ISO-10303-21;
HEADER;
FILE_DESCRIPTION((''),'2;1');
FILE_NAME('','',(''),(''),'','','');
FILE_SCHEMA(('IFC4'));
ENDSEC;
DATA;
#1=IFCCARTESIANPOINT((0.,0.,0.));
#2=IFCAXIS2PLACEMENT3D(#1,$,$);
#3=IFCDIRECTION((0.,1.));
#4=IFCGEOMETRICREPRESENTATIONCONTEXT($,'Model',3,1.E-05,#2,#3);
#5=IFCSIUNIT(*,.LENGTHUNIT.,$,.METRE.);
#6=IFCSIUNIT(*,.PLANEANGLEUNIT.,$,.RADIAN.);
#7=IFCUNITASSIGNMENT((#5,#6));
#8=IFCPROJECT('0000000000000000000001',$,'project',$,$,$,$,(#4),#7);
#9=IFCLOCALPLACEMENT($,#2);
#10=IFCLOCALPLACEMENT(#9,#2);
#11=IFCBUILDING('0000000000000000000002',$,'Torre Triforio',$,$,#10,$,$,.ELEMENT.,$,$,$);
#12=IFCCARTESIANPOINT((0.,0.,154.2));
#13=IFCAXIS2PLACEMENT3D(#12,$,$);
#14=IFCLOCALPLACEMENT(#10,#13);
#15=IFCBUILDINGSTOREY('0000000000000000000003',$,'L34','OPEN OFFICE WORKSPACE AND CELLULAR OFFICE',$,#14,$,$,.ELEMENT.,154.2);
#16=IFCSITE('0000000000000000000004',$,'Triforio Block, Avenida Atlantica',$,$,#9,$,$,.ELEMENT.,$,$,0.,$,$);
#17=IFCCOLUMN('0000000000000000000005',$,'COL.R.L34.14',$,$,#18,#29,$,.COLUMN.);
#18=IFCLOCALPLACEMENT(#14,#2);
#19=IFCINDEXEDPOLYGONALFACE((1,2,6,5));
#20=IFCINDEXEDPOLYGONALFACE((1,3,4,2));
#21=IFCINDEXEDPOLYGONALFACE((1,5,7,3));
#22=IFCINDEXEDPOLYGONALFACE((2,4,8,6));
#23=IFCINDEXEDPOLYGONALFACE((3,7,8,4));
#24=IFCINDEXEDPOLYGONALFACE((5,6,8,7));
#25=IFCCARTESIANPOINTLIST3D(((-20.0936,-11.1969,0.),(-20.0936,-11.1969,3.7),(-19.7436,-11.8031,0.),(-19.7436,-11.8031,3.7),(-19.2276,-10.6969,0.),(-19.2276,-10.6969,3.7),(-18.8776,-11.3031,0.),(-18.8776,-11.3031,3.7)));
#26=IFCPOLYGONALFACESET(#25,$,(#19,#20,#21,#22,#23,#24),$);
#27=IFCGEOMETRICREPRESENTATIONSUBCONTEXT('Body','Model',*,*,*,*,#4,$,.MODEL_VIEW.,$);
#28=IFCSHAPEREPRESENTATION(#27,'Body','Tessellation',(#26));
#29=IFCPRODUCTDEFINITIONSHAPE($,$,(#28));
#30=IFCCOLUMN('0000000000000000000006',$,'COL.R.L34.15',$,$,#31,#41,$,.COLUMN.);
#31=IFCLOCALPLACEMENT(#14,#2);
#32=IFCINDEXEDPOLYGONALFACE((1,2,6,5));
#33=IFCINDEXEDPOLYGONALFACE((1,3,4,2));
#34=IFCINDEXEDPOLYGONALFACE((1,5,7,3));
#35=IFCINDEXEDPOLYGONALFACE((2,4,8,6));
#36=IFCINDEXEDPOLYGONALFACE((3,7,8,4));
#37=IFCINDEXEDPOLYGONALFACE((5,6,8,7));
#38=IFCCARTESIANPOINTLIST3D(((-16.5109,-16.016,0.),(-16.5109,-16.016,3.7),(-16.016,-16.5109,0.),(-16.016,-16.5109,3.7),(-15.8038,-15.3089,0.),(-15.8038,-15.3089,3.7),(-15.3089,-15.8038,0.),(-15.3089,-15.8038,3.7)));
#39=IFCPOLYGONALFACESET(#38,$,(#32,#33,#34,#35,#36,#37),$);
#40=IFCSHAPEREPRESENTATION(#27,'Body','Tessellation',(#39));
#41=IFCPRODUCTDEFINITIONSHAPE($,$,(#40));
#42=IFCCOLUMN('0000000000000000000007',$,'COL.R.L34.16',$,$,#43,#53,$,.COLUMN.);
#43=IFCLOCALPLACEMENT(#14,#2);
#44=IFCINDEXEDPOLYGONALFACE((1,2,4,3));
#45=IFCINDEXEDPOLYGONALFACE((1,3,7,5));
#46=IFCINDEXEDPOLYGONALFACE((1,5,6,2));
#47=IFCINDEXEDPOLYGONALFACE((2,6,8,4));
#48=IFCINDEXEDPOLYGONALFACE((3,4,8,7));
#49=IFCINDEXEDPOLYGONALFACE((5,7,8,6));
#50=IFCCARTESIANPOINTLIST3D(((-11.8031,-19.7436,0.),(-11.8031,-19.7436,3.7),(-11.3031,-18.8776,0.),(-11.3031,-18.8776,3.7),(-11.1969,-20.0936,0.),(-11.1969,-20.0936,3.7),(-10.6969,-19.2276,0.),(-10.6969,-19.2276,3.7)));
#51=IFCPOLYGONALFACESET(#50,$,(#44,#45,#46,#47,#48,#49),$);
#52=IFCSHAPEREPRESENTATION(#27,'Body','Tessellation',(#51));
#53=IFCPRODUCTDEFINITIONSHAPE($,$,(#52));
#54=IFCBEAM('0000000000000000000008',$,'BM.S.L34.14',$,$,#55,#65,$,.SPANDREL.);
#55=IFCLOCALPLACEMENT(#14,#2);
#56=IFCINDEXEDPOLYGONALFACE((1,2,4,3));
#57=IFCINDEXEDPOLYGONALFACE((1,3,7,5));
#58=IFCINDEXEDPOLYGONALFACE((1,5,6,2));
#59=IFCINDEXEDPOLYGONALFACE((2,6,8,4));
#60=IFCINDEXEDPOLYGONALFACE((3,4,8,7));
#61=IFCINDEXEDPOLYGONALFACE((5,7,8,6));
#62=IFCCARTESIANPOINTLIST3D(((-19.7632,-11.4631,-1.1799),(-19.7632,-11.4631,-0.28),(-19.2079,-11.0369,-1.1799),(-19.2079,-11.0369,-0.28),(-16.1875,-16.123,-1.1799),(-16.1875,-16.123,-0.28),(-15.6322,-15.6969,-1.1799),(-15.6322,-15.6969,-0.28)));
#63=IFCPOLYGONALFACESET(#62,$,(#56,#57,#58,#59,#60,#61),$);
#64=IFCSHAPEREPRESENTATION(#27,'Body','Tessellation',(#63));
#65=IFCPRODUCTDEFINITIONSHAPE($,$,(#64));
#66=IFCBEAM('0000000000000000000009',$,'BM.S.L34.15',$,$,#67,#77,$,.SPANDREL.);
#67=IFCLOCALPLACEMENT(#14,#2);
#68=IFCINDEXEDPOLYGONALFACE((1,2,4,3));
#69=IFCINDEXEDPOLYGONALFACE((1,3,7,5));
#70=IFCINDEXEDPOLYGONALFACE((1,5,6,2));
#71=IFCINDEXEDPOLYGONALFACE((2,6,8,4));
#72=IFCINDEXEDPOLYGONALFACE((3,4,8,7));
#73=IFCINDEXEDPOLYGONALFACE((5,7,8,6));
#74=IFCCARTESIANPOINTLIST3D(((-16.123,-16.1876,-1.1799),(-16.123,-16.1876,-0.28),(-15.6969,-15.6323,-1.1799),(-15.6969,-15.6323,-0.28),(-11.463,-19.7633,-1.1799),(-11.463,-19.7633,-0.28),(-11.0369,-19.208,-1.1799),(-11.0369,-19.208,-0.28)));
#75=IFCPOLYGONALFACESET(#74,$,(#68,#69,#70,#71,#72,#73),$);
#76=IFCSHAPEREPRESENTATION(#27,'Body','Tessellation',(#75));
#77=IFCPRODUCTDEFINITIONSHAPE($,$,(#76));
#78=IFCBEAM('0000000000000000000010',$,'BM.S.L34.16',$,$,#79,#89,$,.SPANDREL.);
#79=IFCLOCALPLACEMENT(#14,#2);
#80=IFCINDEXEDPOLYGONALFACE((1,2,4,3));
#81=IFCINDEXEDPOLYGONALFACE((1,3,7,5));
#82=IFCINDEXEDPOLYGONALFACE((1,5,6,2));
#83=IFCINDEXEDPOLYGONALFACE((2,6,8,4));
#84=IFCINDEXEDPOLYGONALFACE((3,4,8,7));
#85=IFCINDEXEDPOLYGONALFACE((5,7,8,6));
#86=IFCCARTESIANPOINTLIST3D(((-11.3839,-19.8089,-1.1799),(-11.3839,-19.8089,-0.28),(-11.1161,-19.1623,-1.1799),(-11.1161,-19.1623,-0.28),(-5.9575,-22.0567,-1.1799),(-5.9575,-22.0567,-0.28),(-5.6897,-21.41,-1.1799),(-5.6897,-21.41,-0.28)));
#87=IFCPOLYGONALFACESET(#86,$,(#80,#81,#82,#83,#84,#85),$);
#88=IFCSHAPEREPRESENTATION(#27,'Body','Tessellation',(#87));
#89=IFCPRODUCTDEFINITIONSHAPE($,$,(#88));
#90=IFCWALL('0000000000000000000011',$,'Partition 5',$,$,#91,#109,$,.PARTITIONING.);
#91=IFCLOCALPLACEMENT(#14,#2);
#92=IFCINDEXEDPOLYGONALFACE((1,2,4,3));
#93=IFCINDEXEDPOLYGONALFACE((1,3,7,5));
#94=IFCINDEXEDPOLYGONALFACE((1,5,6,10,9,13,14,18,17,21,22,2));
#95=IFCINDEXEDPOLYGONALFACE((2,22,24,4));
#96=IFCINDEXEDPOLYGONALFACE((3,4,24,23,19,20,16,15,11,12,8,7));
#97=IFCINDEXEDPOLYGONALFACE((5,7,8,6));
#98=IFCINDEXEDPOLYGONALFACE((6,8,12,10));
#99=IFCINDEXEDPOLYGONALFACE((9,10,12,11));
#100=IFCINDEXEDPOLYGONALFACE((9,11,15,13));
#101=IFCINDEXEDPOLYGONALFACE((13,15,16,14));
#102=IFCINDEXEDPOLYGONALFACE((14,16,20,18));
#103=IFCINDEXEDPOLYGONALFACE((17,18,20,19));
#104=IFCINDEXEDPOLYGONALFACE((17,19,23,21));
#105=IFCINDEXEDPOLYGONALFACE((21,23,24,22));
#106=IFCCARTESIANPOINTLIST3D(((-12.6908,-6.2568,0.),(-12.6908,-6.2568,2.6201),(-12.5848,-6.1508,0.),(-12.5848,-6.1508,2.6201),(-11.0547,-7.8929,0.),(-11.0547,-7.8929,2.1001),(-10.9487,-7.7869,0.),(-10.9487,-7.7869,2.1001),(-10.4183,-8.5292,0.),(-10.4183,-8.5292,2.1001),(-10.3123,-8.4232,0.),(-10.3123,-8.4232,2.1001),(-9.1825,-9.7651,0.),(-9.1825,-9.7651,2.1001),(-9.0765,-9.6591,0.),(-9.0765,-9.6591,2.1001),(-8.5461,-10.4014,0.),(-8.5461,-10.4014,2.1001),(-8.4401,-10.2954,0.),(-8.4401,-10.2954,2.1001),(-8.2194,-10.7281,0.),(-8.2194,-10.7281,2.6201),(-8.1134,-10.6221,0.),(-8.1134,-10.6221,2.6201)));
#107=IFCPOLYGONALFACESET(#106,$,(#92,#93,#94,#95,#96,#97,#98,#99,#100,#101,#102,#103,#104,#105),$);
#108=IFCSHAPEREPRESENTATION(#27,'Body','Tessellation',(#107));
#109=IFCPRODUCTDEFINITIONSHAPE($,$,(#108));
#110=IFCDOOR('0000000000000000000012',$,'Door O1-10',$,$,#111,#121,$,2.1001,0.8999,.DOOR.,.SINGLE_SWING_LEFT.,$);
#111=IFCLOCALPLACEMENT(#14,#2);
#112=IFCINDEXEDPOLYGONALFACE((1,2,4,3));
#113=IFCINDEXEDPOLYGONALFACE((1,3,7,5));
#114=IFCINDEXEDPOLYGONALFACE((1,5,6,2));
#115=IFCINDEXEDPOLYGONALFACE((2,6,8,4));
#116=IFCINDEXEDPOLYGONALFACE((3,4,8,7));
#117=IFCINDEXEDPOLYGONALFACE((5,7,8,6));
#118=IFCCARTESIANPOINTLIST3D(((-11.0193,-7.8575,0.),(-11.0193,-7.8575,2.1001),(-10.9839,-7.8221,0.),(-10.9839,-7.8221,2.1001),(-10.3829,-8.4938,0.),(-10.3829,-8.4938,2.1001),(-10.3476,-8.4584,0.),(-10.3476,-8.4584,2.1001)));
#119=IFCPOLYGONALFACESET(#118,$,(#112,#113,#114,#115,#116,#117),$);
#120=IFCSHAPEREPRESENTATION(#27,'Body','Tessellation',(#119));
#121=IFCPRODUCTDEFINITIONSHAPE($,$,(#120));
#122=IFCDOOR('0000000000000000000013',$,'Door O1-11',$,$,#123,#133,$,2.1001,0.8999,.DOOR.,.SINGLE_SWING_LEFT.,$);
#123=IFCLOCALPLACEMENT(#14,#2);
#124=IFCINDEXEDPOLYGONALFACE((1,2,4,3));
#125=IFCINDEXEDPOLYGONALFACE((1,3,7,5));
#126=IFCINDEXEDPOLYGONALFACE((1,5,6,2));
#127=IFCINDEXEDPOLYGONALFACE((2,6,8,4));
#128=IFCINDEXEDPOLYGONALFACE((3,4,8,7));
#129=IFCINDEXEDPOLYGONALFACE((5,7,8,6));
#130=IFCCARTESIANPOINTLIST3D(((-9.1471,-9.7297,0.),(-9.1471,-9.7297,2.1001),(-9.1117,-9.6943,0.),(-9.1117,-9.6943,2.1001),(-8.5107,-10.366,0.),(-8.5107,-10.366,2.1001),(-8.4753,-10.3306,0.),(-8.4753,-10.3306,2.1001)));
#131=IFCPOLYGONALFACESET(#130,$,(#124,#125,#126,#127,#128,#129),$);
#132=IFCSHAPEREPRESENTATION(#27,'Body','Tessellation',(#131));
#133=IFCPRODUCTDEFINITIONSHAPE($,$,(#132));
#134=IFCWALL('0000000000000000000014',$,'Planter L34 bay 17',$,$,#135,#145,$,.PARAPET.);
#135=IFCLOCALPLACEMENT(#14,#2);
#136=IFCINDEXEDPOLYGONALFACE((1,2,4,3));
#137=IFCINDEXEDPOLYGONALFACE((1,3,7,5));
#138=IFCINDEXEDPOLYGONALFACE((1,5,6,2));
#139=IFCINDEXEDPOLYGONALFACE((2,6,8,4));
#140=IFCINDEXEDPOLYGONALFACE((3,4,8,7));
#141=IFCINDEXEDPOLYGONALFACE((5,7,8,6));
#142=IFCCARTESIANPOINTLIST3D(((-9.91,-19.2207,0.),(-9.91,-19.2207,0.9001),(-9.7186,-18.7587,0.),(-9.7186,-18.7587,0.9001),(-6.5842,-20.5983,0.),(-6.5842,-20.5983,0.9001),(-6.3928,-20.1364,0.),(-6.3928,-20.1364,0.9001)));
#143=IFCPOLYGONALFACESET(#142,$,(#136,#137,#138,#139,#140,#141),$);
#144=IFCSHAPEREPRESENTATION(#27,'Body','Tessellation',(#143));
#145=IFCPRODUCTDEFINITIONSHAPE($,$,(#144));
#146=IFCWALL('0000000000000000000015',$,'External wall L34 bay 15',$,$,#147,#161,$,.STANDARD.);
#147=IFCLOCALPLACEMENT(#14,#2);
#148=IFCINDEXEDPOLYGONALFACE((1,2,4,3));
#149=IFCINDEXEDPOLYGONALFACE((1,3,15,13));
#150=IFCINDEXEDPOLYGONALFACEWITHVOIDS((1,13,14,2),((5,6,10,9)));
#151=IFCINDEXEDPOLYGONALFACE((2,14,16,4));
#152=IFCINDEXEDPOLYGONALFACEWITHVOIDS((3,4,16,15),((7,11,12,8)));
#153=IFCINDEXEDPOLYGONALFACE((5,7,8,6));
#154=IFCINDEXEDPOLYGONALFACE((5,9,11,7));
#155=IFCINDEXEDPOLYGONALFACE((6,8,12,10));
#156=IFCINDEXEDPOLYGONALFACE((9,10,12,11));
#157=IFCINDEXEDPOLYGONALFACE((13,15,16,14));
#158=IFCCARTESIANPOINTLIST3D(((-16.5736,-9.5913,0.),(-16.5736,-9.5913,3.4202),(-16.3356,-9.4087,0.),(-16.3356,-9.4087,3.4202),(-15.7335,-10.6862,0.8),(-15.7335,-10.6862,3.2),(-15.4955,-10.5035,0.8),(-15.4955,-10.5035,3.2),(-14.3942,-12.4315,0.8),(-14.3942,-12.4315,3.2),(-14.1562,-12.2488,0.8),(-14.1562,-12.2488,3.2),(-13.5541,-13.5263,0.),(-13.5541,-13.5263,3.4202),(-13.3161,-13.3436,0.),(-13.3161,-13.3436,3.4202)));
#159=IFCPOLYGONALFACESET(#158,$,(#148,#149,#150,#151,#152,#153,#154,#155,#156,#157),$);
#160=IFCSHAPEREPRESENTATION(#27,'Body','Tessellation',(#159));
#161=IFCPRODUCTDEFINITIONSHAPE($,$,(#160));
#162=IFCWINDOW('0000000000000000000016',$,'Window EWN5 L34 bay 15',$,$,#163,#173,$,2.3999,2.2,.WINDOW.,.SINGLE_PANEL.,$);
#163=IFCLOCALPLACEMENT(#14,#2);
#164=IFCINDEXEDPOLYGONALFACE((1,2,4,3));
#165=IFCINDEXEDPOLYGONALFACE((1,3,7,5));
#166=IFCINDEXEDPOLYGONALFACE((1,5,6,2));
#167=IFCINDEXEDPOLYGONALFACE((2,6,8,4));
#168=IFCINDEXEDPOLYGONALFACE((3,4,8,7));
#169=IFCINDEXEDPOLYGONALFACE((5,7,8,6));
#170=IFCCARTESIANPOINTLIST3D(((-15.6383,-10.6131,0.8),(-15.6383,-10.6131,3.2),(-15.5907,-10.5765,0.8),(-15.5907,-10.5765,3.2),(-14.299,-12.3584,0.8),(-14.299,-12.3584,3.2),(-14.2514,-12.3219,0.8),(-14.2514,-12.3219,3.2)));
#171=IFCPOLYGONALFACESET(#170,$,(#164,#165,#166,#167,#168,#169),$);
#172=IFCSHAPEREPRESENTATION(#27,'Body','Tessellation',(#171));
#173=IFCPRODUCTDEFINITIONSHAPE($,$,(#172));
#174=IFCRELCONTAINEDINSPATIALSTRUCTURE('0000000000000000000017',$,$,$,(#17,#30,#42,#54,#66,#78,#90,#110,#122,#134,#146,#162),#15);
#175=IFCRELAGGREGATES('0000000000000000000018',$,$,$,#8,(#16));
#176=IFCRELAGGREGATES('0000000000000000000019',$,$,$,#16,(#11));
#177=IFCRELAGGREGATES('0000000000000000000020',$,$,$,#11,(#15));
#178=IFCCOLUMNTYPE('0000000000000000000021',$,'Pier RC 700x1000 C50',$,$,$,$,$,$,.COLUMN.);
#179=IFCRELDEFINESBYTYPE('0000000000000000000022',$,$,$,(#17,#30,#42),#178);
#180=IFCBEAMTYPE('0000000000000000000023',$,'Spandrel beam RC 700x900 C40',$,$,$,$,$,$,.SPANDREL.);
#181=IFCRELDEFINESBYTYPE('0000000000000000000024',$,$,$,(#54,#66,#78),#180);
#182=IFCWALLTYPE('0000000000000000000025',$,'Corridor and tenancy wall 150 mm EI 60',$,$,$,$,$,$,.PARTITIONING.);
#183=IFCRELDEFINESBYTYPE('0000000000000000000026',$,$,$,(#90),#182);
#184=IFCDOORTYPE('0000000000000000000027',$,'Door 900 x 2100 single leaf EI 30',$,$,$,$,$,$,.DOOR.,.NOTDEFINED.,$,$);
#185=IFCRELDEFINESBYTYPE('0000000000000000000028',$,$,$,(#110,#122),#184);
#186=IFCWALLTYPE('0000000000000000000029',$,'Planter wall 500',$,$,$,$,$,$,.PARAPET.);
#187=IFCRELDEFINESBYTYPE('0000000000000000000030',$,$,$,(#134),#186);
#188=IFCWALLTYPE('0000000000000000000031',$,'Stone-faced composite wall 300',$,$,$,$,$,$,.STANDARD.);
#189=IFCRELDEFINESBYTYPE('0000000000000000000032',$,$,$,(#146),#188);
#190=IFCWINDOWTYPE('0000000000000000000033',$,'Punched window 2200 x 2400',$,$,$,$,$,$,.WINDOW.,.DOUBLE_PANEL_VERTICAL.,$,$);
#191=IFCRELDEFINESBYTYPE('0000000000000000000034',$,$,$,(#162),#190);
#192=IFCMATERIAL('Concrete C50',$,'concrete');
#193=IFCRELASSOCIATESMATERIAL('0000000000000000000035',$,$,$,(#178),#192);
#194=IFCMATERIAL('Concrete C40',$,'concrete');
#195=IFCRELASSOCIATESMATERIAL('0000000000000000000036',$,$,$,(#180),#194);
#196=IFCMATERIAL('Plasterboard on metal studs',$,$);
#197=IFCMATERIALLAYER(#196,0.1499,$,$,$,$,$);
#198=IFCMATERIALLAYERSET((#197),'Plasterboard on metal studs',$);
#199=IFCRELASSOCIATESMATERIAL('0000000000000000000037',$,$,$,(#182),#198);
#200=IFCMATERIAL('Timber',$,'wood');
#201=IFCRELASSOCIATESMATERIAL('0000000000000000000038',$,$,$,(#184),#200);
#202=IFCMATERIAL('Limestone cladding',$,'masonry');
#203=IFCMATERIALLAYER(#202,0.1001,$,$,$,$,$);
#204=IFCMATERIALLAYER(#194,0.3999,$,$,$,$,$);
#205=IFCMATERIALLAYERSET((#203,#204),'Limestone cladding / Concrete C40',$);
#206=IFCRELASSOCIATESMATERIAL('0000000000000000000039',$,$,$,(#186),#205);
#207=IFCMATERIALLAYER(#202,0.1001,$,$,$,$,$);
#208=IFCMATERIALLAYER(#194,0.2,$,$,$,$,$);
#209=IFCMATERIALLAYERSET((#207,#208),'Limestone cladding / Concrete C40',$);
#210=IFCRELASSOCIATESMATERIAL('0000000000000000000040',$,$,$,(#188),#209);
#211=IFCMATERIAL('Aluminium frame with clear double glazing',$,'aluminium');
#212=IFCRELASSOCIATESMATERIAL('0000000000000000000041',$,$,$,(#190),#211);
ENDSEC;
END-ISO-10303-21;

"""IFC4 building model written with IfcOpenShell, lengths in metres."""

from ifc_helpers import new_model, si_unit, direction, frame, frame_2d, origin, origin_2d, place, context, subcontext, project, spatial, rectangle, extrude, material, layer, layer_set, material_profile, profile_set, type_object, element, fill, save


model = new_model("IFC4")

# Units and contexts
model_context = context("Model", 3, precision=1e-05, world=origin(), true_north=direction((0.0, 1.0)))
body_context = subcontext(model_context, "Body", "Model", "MODEL_VIEW")
ifc_project = project(units=[si_unit("LENGTHUNIT", "METRE"), si_unit("PLANEANGLEUNIT", "RADIAN")], contexts=[model_context])

# Site, building, storey
site_placement = place(None, origin())
site = spatial("IfcSite", under=ifc_project, at=site_placement, Name="Triforio Block, Avenida Atlantica", CompositionType="ELEMENT", RefElevation=0.0)
building_placement = place(site_placement, origin())
building = spatial("IfcBuilding", under=site, at=building_placement, Name="Torre Triforio", CompositionType="ELEMENT")
storey_placement = place(building_placement, frame((0.0, 0.0, 154.2)))
storey = spatial("IfcBuildingStorey", under=building, at=storey_placement, Name="L34", Description="OPEN OFFICE WORKSPACE AND CELLULAR OFFICE", CompositionType="ELEMENT", Elevation=154.2)

# Columns
ifc_material_1 = material(Name="Concrete C50", Category="concrete")
ifc_material_profile_1 = material_profile(ifc_material_1, rectangle(XDim=0.7, YDim=1.0, at=origin_2d()), Name="RC 700x1000")
ifc_profile_set_1 = profile_set([ifc_material_profile_1], Name="Concrete C50")
column_type = type_object("IfcColumnType", Name="Pier RC 700x1000 C50", PredefinedType="COLUMN", material=ifc_profile_set_1)
for number, where, z_axis, x_axis, name in (
    (1, (-19.4856, -11.25, 0.0), (0.0, 0.0, 1.0), (0.5, -0.866025, 0.0), "COL.R.L34.14"),
    (2, (-15.9099, -15.9099, 0.0), (0.0, 0.0, 1.0), (0.707107, -0.707107, 0.0), "COL.R.L34.15"),
    (3, (-11.25, -19.4856, 0.0), (0.0, 0.0, 1.0), (0.866025, -0.5, 0.0), "COL.R.L34.16"),
):
    element("IfcColumn", number, at=place(storey_placement, frame(where, z_axis=z_axis, x_axis=x_axis)), inside=storey, type_object=column_type, Name=name, PredefinedType="COLUMN", context=body_context, shape_type="SweptSolid", body=[
        extrude(rectangle(XDim=0.7, YDim=1.0, at=origin_2d()), origin(), (0.0, 0.0, 1.0), 3.7),
    ])

# Beams
ifc_material_2 = material(Name="Concrete C40", Category="concrete")
ifc_material_profile_2 = material_profile(ifc_material_2, rectangle(XDim=0.7, YDim=0.8999, at=origin_2d()), Name="RC 700x900")
ifc_profile_set_2 = profile_set([ifc_material_profile_2], Name="Concrete C40")
beam_type = type_object("IfcBeamType", Name="Spandrel beam RC 700x900 C40", PredefinedType="SPANDREL", material=ifc_profile_set_2)
for number, where, z_axis, x_axis, name in (
    (4, (-19.4856, -11.25, -0.73), (0.608762, -0.793353, 0.0), (0.793353, 0.608762, 0.0), "BM.S.L34.14"),
    (5, (-15.9099, -15.9099, -0.73), (0.793353, -0.608762, 0.0), (0.608762, 0.793353, 0.0), "BM.S.L34.15"),
):
    element("IfcBeam", number, at=place(storey_placement, frame(where, z_axis=z_axis, x_axis=x_axis)), inside=storey, type_object=beam_type, Name=name, PredefinedType="SPANDREL", context=body_context, shape_type="SweptSolid", body=[
        extrude(rectangle(XDim=0.7, YDim=0.8999, at=origin_2d()), origin(), (0.0, 0.0, 1.0), 5.8738),
    ])
beam_placement = place(storey_placement, frame((-11.25, -19.4856, -0.73), z_axis=(0.923875, -0.382693, 0.0), x_axis=(0.382693, 0.923875, 0.0)))
element("IfcBeam", 6, at=beam_placement, inside=storey, type_object=beam_type, Name="BM.S.L34.16", PredefinedType="SPANDREL", context=body_context, shape_type="SweptSolid", body=[
    extrude(rectangle(XDim=0.7, YDim=0.8999, at=origin_2d()), origin(), (0.0, 0.0, 1.0), 5.8735),
])

# Wall, openings, doors
ifc_material_3 = material(Name="Plasterboard on metal studs")
ifc_layer_1 = layer(ifc_material_3, 0.1499)
ifc_layer_set_1 = layer_set([ifc_layer_1], Name="Plasterboard on metal studs")
wall_type_1 = type_object("IfcWallType", Name="Corridor and tenancy wall 150 mm EI 60", PredefinedType="PARTITIONING", material=ifc_layer_set_1)
wall_1_placement = place(storey_placement, frame((-8.1665, -10.675, 0.0), z_axis=(0.0, 0.0, 1.0), x_axis=(-0.707107, 0.707107, 0.0)))
wall_1 = element("IfcWall", 7, at=wall_1_placement, inside=storey, type_object=wall_type_1, Name="Partition 5", PredefinedType="PARTITIONING", context=body_context, shape_type="SweptSolid", body=[
    extrude(rectangle(XDim=6.3235, YDim=0.1499, at=frame_2d((3.1616, 0.0))), origin(), (0.0, 0.0, 1.0), 2.6201),
])
opening_1_placement = place(wall_1_placement, frame((3.1096, 0.0, 0.0)))
opening_1 = element("IfcOpeningElement", 8, at=opening_1_placement, cuts=wall_1, PredefinedType="OPENING", context=body_context, shape_type="SweptSolid", body=[
    extrude(rectangle(XDim=0.8999, YDim=2.1001, at=frame_2d((0.45, 1.05))), frame((0.0, 0.085, 0.0), z_axis=(0.0, -1.0, 0.0), x_axis=(1.0, 0.0, 0.0)), (0.0, 0.0, 1.0), 0.1699),
])
opening_2_placement = place(wall_1_placement, frame((0.4619, 0.0, 0.0)))
opening_2 = element("IfcOpeningElement", 9, at=opening_2_placement, cuts=wall_1, PredefinedType="OPENING", context=body_context, shape_type="SweptSolid", body=[
    extrude(rectangle(XDim=0.8999, YDim=2.1001, at=frame_2d((0.45, 1.05))), frame((0.0, 0.085, 0.0), z_axis=(0.0, -1.0, 0.0), x_axis=(1.0, 0.0, 0.0)), (0.0, 0.0, 1.0), 0.1699),
])
ifc_material_4 = material(Name="Timber", Category="wood")
door_type_1 = type_object("IfcDoorType", Name="Door 900 x 2100 single leaf EI 30", OperationType="NOTDEFINED", PredefinedType="DOOR", material=ifc_material_4)
door_1_placement = place(opening_1_placement, origin())
door_1 = element("IfcDoor", 10, at=door_1_placement, inside=storey, type_object=door_type_1, Name="Door O1-10", OperationType="SINGLE_SWING_LEFT", OverallHeight=2.1001, OverallWidth=0.8999, PredefinedType="DOOR", context=body_context, shape_type="SweptSolid", body=[
    extrude(rectangle(XDim=0.8999, YDim=2.1001, at=frame_2d((0.45, 1.05))), frame((0.0, 0.0249, 0.0), z_axis=(0.0, -1.0, 0.0), x_axis=(1.0, 0.0, 0.0)), (0.0, 0.0, 1.0), 0.05),
])
fill(opening_1, door_1)
door_2_placement = place(opening_2_placement, origin())
door_2 = element("IfcDoor", 11, at=door_2_placement, inside=storey, type_object=door_type_1, Name="Door O1-11", OperationType="SINGLE_SWING_LEFT", OverallHeight=2.1001, OverallWidth=0.8999, PredefinedType="DOOR", context=body_context, shape_type="SweptSolid", body=[
    extrude(rectangle(XDim=0.8999, YDim=2.1001, at=frame_2d((0.45, 1.05))), frame((0.0, 0.0249, 0.0), z_axis=(0.0, -1.0, 0.0), x_axis=(1.0, 0.0, 0.0)), (0.0, 0.0, 1.0), 0.05),
])
fill(opening_2, door_2)

# Wall
ifc_material_5 = material(Name="Limestone cladding", Category="masonry")
ifc_layer_2 = layer(ifc_material_5, 0.1001)
ifc_layer_3 = layer(ifc_material_2, 0.3999)
ifc_layer_set_2 = layer_set([ifc_layer_2, ifc_layer_3], Name="Limestone cladding / Concrete C40")
wall_type_2 = type_object("IfcWallType", Name="Planter wall 500", PredefinedType="PARAPET", material=ifc_layer_set_2)
wall_2_placement = place(storey_placement, frame((-9.8142, -18.9897, 0.0), z_axis=(0.0, 0.0, 1.0), x_axis=(0.923875, -0.382693, 0.0)))
element("IfcWall", 12, at=wall_2_placement, inside=storey, type_object=wall_type_2, Name="Planter L34 bay 17", PredefinedType="PARAPET", context=body_context, shape_type="SweptSolid", body=[
    extrude(rectangle(XDim=3.5999, YDim=0.5, at=frame_2d((1.7998, 0.0))), origin(), (0.0, 0.0, 1.0), 0.9001),
])

# Wall, opening, window
ifc_layer_4 = layer(ifc_material_5, 0.1001)
ifc_layer_5 = layer(ifc_material_2, 0.2)
ifc_layer_set_3 = layer_set([ifc_layer_4, ifc_layer_5], Name="Limestone cladding / Concrete C40")
wall_type_3 = type_object("IfcWallType", Name="Stone-faced composite wall 300", PredefinedType="STANDARD", material=ifc_layer_set_3)
wall_3_placement = place(storey_placement, frame((-16.4546, -9.5, 0.0), z_axis=(0.0, 0.0, 1.0), x_axis=(0.608768, -0.793348, 0.0)))
wall_3 = element("IfcWall", 13, at=wall_3_placement, inside=storey, type_object=wall_type_3, Name="External wall L34 bay 15", PredefinedType="STANDARD", context=body_context, shape_type="SweptSolid", body=[
    extrude(rectangle(XDim=4.96, YDim=0.3, at=frame_2d((2.48, 0.0))), origin(), (0.0, 0.0, 1.0), 3.4202),
])
opening_3_placement = place(wall_3_placement, frame((1.3799, 0.0, 0.8)))
opening_3 = element("IfcOpeningElement", 14, at=opening_3_placement, cuts=wall_3, PredefinedType="OPENING", context=body_context, shape_type="SweptSolid", body=[
    extrude(rectangle(XDim=2.2, YDim=2.3999, at=frame_2d((1.1001, 1.2))), frame((0.0, 0.1599, 0.0), z_axis=(0.0, -1.0, 0.0), x_axis=(1.0, 0.0, 0.0)), (0.0, 0.0, 1.0), 0.3201),
])
ifc_material_6 = material(Name="Aluminium frame with clear double glazing", Category="aluminium")
window_type_1 = type_object("IfcWindowType", Name="Punched window 2200 x 2400", PartitioningType="DOUBLE_PANEL_VERTICAL", PredefinedType="WINDOW", material=ifc_material_6)
window_1_placement = place(opening_3_placement, origin())
window_1 = element("IfcWindow", 15, at=window_1_placement, inside=storey, type_object=window_type_1, Name="Window EWN5 L34 bay 15", OverallHeight=2.3999, OverallWidth=2.2, PartitioningType="SINGLE_PANEL", PredefinedType="WINDOW", context=body_context, shape_type="SweptSolid", body=[
    extrude(rectangle(XDim=2.2, YDim=2.3999, at=frame_2d((1.1001, 1.2))), frame((0.0, 0.03, 0.0), z_axis=(0.0, -1.0, 0.0), x_axis=(1.0, 0.0, 0.0)), (0.0, 0.0, 1.0), 0.0601),
])
fill(opening_3, window_1)

save(model, "model.ifc")
